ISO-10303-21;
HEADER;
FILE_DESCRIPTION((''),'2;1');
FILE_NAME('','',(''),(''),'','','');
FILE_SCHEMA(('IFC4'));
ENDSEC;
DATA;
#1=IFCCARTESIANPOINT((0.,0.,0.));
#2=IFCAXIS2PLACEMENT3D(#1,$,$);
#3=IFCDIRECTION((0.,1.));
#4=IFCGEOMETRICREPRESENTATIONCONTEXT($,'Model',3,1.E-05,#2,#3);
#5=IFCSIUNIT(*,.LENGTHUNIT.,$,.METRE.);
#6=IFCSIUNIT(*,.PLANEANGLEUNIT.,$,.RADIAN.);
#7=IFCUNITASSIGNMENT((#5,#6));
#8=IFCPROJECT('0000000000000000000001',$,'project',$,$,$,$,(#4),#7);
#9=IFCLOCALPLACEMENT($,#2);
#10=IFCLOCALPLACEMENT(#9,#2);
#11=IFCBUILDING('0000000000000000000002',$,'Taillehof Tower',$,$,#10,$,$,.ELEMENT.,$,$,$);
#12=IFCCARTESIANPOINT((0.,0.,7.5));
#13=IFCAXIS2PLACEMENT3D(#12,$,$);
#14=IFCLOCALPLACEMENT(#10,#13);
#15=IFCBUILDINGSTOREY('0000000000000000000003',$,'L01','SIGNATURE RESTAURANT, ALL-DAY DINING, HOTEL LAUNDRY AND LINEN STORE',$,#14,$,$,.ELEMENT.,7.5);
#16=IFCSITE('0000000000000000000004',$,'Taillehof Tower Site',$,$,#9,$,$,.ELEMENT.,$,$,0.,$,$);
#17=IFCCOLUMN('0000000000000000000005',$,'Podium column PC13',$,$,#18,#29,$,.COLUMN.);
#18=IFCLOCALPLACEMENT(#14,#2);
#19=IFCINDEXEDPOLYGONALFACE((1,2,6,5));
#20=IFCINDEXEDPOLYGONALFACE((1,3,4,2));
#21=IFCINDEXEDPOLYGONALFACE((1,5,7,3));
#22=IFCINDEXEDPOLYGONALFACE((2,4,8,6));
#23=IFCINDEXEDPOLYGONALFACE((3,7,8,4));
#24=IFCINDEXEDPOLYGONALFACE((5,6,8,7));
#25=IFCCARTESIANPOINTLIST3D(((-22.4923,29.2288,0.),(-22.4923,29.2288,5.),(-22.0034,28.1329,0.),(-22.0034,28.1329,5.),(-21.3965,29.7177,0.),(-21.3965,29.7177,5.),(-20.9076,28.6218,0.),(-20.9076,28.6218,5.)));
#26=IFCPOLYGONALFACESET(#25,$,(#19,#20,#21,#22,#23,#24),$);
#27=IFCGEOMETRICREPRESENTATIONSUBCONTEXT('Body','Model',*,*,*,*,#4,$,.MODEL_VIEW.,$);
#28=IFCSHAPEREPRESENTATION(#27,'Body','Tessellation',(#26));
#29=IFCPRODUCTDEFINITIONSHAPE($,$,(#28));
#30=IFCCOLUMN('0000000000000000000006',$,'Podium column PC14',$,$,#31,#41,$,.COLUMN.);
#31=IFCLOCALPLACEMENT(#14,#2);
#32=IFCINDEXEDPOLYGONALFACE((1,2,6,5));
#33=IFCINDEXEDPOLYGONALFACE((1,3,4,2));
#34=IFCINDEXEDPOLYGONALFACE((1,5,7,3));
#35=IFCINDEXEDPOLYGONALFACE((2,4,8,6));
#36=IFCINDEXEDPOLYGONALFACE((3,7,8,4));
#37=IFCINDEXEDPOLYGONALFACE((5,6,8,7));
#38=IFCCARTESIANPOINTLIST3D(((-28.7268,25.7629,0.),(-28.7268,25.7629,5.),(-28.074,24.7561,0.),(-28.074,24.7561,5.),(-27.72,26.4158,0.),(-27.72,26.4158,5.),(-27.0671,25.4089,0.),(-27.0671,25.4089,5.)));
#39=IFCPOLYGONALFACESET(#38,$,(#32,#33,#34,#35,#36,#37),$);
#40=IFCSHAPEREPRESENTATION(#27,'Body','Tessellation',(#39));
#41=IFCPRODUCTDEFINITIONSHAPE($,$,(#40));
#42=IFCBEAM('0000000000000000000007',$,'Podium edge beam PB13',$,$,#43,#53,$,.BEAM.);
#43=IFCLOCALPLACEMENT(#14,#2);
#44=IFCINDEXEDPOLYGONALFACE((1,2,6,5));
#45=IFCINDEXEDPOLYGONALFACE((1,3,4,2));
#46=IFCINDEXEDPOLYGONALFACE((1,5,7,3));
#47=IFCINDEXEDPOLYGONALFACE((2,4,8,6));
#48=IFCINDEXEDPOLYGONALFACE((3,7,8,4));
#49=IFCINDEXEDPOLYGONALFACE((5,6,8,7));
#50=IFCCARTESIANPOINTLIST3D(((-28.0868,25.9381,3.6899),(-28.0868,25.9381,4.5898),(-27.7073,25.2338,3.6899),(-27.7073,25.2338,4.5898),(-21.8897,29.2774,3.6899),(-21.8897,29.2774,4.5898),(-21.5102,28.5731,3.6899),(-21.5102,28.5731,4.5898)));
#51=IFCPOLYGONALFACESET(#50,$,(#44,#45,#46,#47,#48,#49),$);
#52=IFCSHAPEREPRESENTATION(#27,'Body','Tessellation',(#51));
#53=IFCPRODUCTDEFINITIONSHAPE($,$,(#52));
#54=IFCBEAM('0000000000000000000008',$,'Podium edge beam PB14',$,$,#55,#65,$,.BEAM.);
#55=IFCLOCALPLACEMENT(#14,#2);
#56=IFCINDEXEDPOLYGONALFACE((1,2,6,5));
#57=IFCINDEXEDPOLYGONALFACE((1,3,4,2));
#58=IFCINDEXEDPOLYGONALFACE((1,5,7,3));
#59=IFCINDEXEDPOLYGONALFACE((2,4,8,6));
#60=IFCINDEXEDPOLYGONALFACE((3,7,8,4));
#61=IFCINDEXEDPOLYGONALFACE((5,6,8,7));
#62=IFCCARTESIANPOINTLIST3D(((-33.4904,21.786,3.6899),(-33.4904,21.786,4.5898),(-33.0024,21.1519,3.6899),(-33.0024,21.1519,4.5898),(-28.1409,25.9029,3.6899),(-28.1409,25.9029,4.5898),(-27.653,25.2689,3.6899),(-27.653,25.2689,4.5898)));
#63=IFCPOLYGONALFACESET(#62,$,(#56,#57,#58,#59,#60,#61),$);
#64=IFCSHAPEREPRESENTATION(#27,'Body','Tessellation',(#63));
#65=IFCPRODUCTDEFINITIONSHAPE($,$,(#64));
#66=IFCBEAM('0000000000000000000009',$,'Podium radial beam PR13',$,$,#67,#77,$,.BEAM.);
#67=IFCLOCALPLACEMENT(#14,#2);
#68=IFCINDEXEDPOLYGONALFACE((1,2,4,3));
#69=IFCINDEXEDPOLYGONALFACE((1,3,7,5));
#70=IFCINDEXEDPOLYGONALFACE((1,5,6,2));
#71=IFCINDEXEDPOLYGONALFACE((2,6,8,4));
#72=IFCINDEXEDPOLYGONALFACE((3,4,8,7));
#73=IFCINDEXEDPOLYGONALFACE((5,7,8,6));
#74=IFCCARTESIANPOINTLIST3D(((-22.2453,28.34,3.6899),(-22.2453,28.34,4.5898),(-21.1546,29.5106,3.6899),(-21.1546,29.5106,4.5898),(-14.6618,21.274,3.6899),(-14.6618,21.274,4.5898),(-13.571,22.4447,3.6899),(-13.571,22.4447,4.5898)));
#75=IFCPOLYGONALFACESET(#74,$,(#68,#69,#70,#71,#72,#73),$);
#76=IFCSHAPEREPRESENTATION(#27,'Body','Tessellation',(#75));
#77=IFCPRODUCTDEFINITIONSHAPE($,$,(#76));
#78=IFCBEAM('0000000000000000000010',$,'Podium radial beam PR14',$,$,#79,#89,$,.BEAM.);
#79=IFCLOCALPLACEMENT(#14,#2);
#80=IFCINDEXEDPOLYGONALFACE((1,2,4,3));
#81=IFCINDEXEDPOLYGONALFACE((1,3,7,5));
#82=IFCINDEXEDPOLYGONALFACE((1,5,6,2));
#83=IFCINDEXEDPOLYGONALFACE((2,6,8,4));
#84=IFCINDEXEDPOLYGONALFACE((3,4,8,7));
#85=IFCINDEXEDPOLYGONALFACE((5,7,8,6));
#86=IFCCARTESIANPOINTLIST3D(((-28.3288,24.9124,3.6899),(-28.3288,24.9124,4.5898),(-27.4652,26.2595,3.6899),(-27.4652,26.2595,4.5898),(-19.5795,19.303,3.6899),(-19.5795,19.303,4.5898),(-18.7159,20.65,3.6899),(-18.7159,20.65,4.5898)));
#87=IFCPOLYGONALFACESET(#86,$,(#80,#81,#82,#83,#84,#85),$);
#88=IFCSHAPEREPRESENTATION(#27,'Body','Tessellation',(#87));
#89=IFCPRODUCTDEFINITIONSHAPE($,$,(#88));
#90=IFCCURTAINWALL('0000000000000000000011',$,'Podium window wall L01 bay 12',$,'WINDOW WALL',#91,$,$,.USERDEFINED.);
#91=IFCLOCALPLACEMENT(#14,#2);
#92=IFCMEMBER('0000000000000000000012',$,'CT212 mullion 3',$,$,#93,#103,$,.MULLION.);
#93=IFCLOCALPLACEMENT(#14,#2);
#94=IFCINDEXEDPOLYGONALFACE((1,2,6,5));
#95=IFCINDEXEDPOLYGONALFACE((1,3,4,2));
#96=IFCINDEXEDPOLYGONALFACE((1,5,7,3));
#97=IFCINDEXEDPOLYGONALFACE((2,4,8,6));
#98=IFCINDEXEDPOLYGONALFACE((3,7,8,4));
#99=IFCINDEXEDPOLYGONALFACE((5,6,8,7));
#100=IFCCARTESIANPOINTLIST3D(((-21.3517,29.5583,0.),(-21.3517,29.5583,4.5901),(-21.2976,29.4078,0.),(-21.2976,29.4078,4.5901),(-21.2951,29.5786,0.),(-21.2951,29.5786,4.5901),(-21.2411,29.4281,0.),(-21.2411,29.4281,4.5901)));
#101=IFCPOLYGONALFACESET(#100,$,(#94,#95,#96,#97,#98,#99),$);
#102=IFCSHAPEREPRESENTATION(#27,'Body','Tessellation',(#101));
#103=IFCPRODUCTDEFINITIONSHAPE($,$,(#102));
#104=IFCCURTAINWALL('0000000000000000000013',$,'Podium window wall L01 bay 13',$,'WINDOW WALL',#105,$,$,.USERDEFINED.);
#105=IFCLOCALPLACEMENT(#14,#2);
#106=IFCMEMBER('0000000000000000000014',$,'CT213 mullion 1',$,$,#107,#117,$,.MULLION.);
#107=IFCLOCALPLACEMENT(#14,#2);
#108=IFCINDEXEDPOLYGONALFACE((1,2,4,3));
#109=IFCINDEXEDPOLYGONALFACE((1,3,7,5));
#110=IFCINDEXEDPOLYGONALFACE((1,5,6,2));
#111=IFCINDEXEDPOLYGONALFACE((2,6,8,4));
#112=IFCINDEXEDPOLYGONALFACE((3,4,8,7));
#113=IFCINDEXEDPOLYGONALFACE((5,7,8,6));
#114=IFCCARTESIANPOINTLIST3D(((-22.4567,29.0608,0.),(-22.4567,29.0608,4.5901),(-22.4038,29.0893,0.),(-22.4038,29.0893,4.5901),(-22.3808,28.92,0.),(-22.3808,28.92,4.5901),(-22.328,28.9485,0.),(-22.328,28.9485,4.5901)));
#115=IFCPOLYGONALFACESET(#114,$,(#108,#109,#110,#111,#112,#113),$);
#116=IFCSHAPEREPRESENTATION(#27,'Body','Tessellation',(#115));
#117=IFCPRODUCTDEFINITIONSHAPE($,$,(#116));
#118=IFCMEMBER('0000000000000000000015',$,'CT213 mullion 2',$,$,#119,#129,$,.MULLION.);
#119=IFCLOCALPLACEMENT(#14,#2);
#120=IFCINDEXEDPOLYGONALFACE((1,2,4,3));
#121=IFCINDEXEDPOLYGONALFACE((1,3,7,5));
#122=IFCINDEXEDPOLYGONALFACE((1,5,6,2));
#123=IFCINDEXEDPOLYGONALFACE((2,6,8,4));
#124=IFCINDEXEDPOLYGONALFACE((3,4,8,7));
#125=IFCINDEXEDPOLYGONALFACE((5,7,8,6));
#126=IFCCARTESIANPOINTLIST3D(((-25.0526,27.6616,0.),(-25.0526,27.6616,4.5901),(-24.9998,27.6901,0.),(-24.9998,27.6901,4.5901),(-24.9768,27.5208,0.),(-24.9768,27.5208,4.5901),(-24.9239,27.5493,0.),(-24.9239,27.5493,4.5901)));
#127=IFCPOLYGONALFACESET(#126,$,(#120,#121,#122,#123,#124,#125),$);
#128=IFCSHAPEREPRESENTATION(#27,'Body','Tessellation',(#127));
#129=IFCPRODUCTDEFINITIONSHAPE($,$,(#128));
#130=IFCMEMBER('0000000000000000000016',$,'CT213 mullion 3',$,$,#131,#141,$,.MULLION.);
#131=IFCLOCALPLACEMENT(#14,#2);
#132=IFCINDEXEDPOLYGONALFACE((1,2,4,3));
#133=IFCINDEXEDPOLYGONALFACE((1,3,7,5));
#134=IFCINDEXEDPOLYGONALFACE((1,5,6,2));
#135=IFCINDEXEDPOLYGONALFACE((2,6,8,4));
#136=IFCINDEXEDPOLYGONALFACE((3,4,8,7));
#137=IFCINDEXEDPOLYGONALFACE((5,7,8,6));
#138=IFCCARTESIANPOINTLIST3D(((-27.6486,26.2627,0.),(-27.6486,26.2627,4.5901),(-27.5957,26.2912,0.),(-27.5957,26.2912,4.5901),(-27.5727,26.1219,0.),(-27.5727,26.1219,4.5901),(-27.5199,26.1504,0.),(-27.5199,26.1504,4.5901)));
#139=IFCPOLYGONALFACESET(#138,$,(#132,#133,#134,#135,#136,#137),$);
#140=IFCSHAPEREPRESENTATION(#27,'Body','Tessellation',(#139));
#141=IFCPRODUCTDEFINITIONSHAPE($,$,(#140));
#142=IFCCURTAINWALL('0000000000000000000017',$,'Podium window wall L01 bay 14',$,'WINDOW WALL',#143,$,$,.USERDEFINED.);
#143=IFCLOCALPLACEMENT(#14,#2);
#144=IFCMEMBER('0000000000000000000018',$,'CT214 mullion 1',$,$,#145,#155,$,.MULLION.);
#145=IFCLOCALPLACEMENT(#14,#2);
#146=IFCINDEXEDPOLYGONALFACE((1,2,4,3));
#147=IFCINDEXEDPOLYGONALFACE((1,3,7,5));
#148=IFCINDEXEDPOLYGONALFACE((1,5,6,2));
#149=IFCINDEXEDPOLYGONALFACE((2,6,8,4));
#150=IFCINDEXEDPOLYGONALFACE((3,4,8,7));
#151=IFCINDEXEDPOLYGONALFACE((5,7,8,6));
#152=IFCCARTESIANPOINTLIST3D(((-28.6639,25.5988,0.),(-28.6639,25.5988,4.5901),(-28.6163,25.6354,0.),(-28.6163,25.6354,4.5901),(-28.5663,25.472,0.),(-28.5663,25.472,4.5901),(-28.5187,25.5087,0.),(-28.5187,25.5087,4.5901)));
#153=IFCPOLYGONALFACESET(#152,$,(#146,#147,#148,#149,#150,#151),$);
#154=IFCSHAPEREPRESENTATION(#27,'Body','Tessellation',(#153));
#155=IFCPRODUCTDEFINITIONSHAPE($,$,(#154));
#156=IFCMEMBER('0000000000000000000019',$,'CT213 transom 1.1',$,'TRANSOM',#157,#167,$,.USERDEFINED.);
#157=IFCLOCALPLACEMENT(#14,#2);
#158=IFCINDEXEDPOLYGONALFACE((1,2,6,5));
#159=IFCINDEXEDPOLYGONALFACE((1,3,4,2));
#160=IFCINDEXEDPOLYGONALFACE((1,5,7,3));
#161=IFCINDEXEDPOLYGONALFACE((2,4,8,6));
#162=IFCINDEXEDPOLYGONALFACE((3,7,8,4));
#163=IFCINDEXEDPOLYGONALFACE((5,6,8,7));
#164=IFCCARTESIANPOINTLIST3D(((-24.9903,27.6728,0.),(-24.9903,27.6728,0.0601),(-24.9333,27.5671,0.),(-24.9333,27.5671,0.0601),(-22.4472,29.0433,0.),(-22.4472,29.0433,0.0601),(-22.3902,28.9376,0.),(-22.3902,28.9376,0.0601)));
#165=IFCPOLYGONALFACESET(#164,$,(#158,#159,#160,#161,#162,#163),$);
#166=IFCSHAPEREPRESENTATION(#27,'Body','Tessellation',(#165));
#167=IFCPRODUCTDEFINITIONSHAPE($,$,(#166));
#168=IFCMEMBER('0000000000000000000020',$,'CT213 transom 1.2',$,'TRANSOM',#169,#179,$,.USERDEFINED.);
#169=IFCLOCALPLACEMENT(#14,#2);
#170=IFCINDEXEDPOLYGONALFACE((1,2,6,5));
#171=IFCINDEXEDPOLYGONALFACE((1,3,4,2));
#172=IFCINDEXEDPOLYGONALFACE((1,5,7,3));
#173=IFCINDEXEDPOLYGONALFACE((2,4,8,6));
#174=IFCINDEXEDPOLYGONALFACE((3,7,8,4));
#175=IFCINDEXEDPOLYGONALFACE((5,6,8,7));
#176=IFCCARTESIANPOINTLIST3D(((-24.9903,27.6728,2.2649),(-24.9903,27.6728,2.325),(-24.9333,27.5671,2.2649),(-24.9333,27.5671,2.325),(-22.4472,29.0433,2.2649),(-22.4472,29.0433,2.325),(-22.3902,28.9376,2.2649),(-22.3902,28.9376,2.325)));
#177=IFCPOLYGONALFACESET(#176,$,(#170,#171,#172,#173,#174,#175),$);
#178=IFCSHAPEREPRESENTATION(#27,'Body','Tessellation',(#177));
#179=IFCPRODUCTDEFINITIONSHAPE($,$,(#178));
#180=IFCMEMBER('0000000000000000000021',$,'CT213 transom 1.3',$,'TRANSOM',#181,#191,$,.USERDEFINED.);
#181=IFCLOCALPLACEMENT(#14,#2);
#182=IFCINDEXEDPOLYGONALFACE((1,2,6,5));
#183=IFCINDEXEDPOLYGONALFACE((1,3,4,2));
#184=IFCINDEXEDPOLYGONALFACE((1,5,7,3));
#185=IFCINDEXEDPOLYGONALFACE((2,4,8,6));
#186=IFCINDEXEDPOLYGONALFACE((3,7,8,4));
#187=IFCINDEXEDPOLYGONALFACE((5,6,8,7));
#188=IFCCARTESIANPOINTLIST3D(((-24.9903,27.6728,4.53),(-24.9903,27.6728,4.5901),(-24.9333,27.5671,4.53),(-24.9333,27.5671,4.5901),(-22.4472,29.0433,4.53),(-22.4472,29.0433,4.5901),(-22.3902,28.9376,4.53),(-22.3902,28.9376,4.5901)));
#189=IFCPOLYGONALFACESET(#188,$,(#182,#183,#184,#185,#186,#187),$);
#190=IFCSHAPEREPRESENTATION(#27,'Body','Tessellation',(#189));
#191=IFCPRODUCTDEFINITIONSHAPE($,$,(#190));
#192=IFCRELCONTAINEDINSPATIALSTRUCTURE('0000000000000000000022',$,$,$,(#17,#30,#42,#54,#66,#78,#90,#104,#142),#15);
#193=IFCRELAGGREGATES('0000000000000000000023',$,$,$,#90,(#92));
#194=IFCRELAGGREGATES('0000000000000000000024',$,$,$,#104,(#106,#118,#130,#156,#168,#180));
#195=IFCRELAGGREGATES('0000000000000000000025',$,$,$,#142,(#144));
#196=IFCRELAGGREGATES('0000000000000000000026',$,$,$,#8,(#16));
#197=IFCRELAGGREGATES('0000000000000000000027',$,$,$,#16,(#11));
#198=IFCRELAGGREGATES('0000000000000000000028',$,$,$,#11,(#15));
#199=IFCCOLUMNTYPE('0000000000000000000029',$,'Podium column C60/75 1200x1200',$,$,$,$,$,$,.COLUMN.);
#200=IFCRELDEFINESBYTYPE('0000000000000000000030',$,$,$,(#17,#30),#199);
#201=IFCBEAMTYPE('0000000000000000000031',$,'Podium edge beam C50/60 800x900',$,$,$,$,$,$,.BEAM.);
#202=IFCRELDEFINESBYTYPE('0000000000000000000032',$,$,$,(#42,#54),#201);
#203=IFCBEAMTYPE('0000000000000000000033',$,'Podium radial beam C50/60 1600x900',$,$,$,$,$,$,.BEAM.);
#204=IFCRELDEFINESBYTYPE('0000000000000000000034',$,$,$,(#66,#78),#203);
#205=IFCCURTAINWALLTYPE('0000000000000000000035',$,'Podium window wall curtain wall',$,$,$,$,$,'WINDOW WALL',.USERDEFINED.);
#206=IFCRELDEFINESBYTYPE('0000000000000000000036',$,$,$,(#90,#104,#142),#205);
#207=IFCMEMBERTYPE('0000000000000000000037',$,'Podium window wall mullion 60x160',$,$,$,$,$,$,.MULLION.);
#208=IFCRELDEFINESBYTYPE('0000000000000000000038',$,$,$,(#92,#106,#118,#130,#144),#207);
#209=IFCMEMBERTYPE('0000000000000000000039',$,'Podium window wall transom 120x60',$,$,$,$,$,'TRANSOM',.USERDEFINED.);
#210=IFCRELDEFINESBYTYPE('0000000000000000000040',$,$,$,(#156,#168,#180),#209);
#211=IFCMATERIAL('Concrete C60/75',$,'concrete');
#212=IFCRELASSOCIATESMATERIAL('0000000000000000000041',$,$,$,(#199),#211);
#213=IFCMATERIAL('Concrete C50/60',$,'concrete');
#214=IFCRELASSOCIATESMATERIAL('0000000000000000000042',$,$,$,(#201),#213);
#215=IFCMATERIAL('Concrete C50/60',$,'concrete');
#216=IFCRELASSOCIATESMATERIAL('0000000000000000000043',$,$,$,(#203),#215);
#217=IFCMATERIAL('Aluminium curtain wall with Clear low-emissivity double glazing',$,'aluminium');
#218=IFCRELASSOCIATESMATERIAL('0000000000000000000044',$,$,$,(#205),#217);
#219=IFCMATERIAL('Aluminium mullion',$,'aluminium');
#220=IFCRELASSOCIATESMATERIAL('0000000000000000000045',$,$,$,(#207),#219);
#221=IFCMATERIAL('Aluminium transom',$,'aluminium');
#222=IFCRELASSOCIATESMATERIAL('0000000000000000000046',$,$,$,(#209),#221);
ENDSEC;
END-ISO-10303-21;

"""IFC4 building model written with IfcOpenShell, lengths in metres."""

from ifc_helpers import new_model, si_unit, direction, frame, origin, origin_2d, place, context, subcontext, project, spatial, rectangle, extrude, material, material_profile, profile_set, type_object, element, aggregate, save


model = new_model("IFC4")

# Units and contexts
model_context = context("Model", 3, precision=1e-05, world=origin(), true_north=direction((0.0, 1.0)))
body_context = subcontext(model_context, "Body", "Model", "MODEL_VIEW")
ifc_project = project(units=[si_unit("LENGTHUNIT", "METRE"), si_unit("PLANEANGLEUNIT", "RADIAN")], contexts=[model_context])

# Site, building, storey
site_placement = place(None, origin())
site = spatial("IfcSite", under=ifc_project, at=site_placement, Name="Taillehof Tower Site", CompositionType="ELEMENT", RefElevation=0.0)
building_placement = place(site_placement, origin())
building = spatial("IfcBuilding", under=site, at=building_placement, Name="Taillehof Tower", CompositionType="ELEMENT")
storey_placement = place(building_placement, frame((0.0, 0.0, 7.5)))
storey = spatial("IfcBuildingStorey", under=building, at=storey_placement, Name="L01", Description="SIGNATURE RESTAURANT, ALL-DAY DINING, HOTEL LAUNDRY AND LINEN STORE", CompositionType="ELEMENT", Elevation=7.5)

# Columns
ifc_material_1 = material(Name="Concrete C60/75", Category="concrete")
ifc_material_profile_1 = material_profile(ifc_material_1, rectangle(XDim=1.2, YDim=1.2, at=origin_2d()), Name="RC 1200x1200")
ifc_profile_set_1 = profile_set([ifc_material_profile_1], Name="Concrete C60/75")
column_type = type_object("IfcColumnType", Name="Podium column C60/75 1200x1200", PredefinedType="COLUMN", material=ifc_profile_set_1)
for number, where, z_axis, x_axis, name in (
    (1, (-21.7, 28.9253, 0.0), (0.0, 0.0, 1.0), (-0.407427, 0.913238, 0.0), "Podium column PC13"),
    (2, (-27.897, 25.5859, 0.0), (0.0, 0.0, 1.0), (-0.544041, 0.839058, 0.0), "Podium column PC14"),
):
    element("IfcColumn", number, at=place(storey_placement, frame(where, z_axis=z_axis, x_axis=x_axis)), inside=storey, type_object=column_type, Name=name, PredefinedType="COLUMN", context=body_context, shape_type="SweptSolid", body=[
        extrude(rectangle(XDim=1.2, YDim=1.2, at=origin_2d()), origin(), (0.0, 0.0, 1.0), 5.0),
    ])

# Beams
ifc_material_2 = material(Name="Concrete C50/60", Category="concrete")
ifc_material_profile_2 = material_profile(ifc_material_2, rectangle(XDim=0.8, YDim=0.8999, at=origin_2d()), Name="RC 800x900")
ifc_profile_set_2 = profile_set([ifc_material_profile_2], Name="Concrete C50/60")
beam_type_1 = type_object("IfcBeamType", Name="Podium edge beam C50/60 800x900", PredefinedType="BEAM", material=ifc_profile_set_2)
beam_1_placement = place(storey_placement, frame((-21.7, 28.9253, 4.1399), z_axis=(-0.880323, -0.474375, 0.0), x_axis=(0.474375, -0.880323, 0.0)))
element("IfcBeam", 3, at=beam_1_placement, inside=storey, type_object=beam_type_1, Name="Podium edge beam PB13", PredefinedType="BEAM", context=body_context, shape_type="SweptSolid", body=[
    extrude(rectangle(XDim=0.8, YDim=0.8999, at=origin_2d()), origin(), (0.0, 0.0, 1.0), 7.0396),
])
beam_2_placement = place(storey_placement, frame((-27.897, 25.5859, 4.1399), z_axis=(-0.792477, -0.609901, 0.0), x_axis=(0.609901, -0.792477, 0.0)))
element("IfcBeam", 4, at=beam_2_placement, inside=storey, type_object=beam_type_1, Name="Podium edge beam PB14", PredefinedType="BEAM", context=body_context, shape_type="SweptSolid", body=[
    extrude(rectangle(XDim=0.8, YDim=0.8999, at=origin_2d()), origin(), (0.0, 0.0, 1.0), 6.7502),
])
ifc_material_3 = material(Name="Concrete C50/60", Category="concrete")
ifc_material_profile_3 = material_profile(ifc_material_3, rectangle(XDim=1.6001, YDim=0.8999, at=origin_2d()), Name="RC 1600x900")
ifc_profile_set_3 = profile_set([ifc_material_profile_3], Name="Concrete C50/60")
beam_type_2 = type_object("IfcBeamType", Name="Podium radial beam C50/60 1600x900", PredefinedType="BEAM", material=ifc_profile_set_3)
beam_3_placement = place(storey_placement, frame((-21.7, 28.9253, 4.1399), z_axis=(0.731633, -0.681699, 0.0), x_axis=(0.681699, 0.731633, 0.0)))
element("IfcBeam", 5, at=beam_3_placement, inside=storey, type_object=beam_type_2, Name="Podium radial beam PR13", PredefinedType="BEAM", context=body_context, shape_type="SweptSolid", body=[
    extrude(rectangle(XDim=1.6001, YDim=0.8999, at=origin_2d()), origin(), (0.0, 0.0, 1.0), 10.3652),
])
beam_4_placement = place(storey_placement, frame((-27.897, 25.5859, 4.1399), z_axis=(0.841841, -0.539725, 0.0), x_axis=(0.539725, 0.841841, 0.0)))
element("IfcBeam", 6, at=beam_4_placement, inside=storey, type_object=beam_type_2, Name="Podium radial beam PR14", PredefinedType="BEAM", context=body_context, shape_type="SweptSolid", body=[
    extrude(rectangle(XDim=1.6001, YDim=0.8999, at=origin_2d()), origin(), (0.0, 0.0, 1.0), 10.3931),
])

# Curtain wall, member
ifc_material_4 = material(Name="Aluminium curtain wall with Clear low-emissivity double glazing", Category="aluminium")
curtain_wall_type = type_object("IfcCurtainWallType", Name="Podium window wall curtain wall", ElementType="WINDOW WALL", PredefinedType="USERDEFINED", material=ifc_material_4)
curtain_wall_1_placement = place(storey_placement, origin())
curtain_wall_1 = element("IfcCurtainWall", 7, at=curtain_wall_1_placement, inside=storey, type_object=curtain_wall_type, Name="Podium window wall L01 bay 12", ObjectType="WINDOW WALL", PredefinedType="USERDEFINED")
ifc_material_5 = material(Name="Aluminium mullion", Category="aluminium")
ifc_material_profile_4 = material_profile(ifc_material_5, rectangle(XDim=0.1599, YDim=0.0601, at=origin_2d()), Name="AL 60x160")
ifc_profile_set_4 = profile_set([ifc_material_profile_4], Name="Aluminium mullion")
member_type_1 = type_object("IfcMemberType", Name="Podium window wall mullion 60x160", PredefinedType="MULLION", material=ifc_profile_set_4)
member_1_placement = place(storey_placement, frame((-21.2964, 29.4932, 0.0), z_axis=(0.0, 0.0, 1.0), x_axis=(0.337799, -0.941218, 0.0)))
member_1 = element("IfcMember", 8, at=member_1_placement, type_object=member_type_1, Name="CT212 mullion 3", PredefinedType="MULLION", context=body_context, shape_type="SweptSolid", body=[
    extrude(rectangle(XDim=0.1599, YDim=0.0601, at=origin_2d()), origin(), (0.0, 0.0, 1.0), 4.5901),
])

# Curtain wall, members
curtain_wall_2_placement = place(storey_placement, origin())
curtain_wall_2 = element("IfcCurtainWall", 9, at=curtain_wall_2_placement, inside=storey, type_object=curtain_wall_type, Name="Podium window wall L01 bay 13", ObjectType="WINDOW WALL", PredefinedType="USERDEFINED")
member_2_placement = place(storey_placement, frame((-22.3923, 29.0046, 0.0), z_axis=(0.0, 0.0, 1.0), x_axis=(0.474415, -0.880301, 0.0)))
member_2 = element("IfcMember", 10, at=member_2_placement, type_object=member_type_1, Name="CT213 mullion 1", PredefinedType="MULLION", context=body_context, shape_type="SweptSolid", body=[
    extrude(rectangle(XDim=0.1599, YDim=0.0601, at=origin_2d()), origin(), (0.0, 0.0, 1.0), 4.5901),
])
member_3_placement = place(storey_placement, frame((-24.9883, 27.6055, 0.0), z_axis=(0.0, 0.0, 1.0), x_axis=(0.474415, -0.880301, 0.0)))
member_3 = element("IfcMember", 11, at=member_3_placement, type_object=member_type_1, Name="CT213 mullion 2", PredefinedType="MULLION", context=body_context, shape_type="SweptSolid", body=[
    extrude(rectangle(XDim=0.1599, YDim=0.0601, at=origin_2d()), origin(), (0.0, 0.0, 1.0), 4.5901),
])
member_4_placement = place(storey_placement, frame((-27.5842, 26.2065, 0.0), z_axis=(0.0, 0.0, 1.0), x_axis=(0.474415, -0.880301, 0.0)))
member_4 = element("IfcMember", 12, at=member_4_placement, type_object=member_type_1, Name="CT213 mullion 3", PredefinedType="MULLION", context=body_context, shape_type="SweptSolid", body=[
    extrude(rectangle(XDim=0.1599, YDim=0.0601, at=origin_2d()), origin(), (0.0, 0.0, 1.0), 4.5901),
])

# Curtain wall, member
curtain_wall_3_placement = place(storey_placement, origin())
curtain_wall_3 = element("IfcCurtainWall", 13, at=curtain_wall_3_placement, inside=storey, type_object=curtain_wall_type, Name="Podium window wall L01 bay 14", ObjectType="WINDOW WALL", PredefinedType="USERDEFINED")
member_5_placement = place(storey_placement, frame((-28.5913, 25.5537, 0.0), z_axis=(0.0, 0.0, 1.0), x_axis=(0.609932, -0.792454, 0.0)))
member_5 = element("IfcMember", 14, at=member_5_placement, type_object=member_type_1, Name="CT214 mullion 1", PredefinedType="MULLION", context=body_context, shape_type="SweptSolid", body=[
    extrude(rectangle(XDim=0.1599, YDim=0.0601, at=origin_2d()), origin(), (0.0, 0.0, 1.0), 4.5901),
])

# Members
ifc_material_6 = material(Name="Aluminium transom", Category="aluminium")
ifc_material_profile_5 = material_profile(ifc_material_6, rectangle(XDim=0.1201, YDim=0.0601, at=origin_2d()), Name="AL 120x60")
ifc_profile_set_5 = profile_set([ifc_material_profile_5], Name="Aluminium transom")
member_type_2 = type_object("IfcMemberType", Name="Podium window wall transom 120x60", ElementType="TRANSOM", PredefinedType="USERDEFINED", material=ifc_profile_set_5)
member_6_placement = place(storey_placement, frame((-22.4187, 28.9905, 0.03), z_axis=(-0.8803, -0.474417, 0.0), x_axis=(0.474417, -0.8803, 0.0)))
member_6 = element("IfcMember", 15, at=member_6_placement, type_object=member_type_2, Name="CT213 transom 1.1", ObjectType="TRANSOM", PredefinedType="USERDEFINED", context=body_context, shape_type="SweptSolid", body=[
    extrude(rectangle(XDim=0.1201, YDim=0.0601, at=origin_2d()), origin(), (0.0, 0.0, 1.0), 2.8889),
])
member_7_placement = place(storey_placement, frame((-22.4187, 28.9905, 2.2949), z_axis=(-0.8803, -0.474417, 0.0), x_axis=(0.474417, -0.8803, 0.0)))
member_7 = element("IfcMember", 16, at=member_7_placement, type_object=member_type_2, Name="CT213 transom 1.2", ObjectType="TRANSOM", PredefinedType="USERDEFINED", context=body_context, shape_type="SweptSolid", body=[
    extrude(rectangle(XDim=0.1201, YDim=0.0601, at=origin_2d()), origin(), (0.0, 0.0, 1.0), 2.8889),
])
member_8_placement = place(storey_placement, frame((-22.4187, 28.9905, 4.5601), z_axis=(-0.8803, -0.474417, 0.0), x_axis=(0.474417, -0.8803, 0.0)))
member_8 = element("IfcMember", 17, at=member_8_placement, type_object=member_type_2, Name="CT213 transom 1.3", ObjectType="TRANSOM", PredefinedType="USERDEFINED", context=body_context, shape_type="SweptSolid", body=[
    extrude(rectangle(XDim=0.1201, YDim=0.0601, at=origin_2d()), origin(), (0.0, 0.0, 1.0), 2.8889),
])

aggregate(curtain_wall_1, [member_1])
aggregate(curtain_wall_2, [member_2, member_3, member_4, member_6, member_7, member_8])
aggregate(curtain_wall_3, [member_5])

save(model, "model.ifc")
